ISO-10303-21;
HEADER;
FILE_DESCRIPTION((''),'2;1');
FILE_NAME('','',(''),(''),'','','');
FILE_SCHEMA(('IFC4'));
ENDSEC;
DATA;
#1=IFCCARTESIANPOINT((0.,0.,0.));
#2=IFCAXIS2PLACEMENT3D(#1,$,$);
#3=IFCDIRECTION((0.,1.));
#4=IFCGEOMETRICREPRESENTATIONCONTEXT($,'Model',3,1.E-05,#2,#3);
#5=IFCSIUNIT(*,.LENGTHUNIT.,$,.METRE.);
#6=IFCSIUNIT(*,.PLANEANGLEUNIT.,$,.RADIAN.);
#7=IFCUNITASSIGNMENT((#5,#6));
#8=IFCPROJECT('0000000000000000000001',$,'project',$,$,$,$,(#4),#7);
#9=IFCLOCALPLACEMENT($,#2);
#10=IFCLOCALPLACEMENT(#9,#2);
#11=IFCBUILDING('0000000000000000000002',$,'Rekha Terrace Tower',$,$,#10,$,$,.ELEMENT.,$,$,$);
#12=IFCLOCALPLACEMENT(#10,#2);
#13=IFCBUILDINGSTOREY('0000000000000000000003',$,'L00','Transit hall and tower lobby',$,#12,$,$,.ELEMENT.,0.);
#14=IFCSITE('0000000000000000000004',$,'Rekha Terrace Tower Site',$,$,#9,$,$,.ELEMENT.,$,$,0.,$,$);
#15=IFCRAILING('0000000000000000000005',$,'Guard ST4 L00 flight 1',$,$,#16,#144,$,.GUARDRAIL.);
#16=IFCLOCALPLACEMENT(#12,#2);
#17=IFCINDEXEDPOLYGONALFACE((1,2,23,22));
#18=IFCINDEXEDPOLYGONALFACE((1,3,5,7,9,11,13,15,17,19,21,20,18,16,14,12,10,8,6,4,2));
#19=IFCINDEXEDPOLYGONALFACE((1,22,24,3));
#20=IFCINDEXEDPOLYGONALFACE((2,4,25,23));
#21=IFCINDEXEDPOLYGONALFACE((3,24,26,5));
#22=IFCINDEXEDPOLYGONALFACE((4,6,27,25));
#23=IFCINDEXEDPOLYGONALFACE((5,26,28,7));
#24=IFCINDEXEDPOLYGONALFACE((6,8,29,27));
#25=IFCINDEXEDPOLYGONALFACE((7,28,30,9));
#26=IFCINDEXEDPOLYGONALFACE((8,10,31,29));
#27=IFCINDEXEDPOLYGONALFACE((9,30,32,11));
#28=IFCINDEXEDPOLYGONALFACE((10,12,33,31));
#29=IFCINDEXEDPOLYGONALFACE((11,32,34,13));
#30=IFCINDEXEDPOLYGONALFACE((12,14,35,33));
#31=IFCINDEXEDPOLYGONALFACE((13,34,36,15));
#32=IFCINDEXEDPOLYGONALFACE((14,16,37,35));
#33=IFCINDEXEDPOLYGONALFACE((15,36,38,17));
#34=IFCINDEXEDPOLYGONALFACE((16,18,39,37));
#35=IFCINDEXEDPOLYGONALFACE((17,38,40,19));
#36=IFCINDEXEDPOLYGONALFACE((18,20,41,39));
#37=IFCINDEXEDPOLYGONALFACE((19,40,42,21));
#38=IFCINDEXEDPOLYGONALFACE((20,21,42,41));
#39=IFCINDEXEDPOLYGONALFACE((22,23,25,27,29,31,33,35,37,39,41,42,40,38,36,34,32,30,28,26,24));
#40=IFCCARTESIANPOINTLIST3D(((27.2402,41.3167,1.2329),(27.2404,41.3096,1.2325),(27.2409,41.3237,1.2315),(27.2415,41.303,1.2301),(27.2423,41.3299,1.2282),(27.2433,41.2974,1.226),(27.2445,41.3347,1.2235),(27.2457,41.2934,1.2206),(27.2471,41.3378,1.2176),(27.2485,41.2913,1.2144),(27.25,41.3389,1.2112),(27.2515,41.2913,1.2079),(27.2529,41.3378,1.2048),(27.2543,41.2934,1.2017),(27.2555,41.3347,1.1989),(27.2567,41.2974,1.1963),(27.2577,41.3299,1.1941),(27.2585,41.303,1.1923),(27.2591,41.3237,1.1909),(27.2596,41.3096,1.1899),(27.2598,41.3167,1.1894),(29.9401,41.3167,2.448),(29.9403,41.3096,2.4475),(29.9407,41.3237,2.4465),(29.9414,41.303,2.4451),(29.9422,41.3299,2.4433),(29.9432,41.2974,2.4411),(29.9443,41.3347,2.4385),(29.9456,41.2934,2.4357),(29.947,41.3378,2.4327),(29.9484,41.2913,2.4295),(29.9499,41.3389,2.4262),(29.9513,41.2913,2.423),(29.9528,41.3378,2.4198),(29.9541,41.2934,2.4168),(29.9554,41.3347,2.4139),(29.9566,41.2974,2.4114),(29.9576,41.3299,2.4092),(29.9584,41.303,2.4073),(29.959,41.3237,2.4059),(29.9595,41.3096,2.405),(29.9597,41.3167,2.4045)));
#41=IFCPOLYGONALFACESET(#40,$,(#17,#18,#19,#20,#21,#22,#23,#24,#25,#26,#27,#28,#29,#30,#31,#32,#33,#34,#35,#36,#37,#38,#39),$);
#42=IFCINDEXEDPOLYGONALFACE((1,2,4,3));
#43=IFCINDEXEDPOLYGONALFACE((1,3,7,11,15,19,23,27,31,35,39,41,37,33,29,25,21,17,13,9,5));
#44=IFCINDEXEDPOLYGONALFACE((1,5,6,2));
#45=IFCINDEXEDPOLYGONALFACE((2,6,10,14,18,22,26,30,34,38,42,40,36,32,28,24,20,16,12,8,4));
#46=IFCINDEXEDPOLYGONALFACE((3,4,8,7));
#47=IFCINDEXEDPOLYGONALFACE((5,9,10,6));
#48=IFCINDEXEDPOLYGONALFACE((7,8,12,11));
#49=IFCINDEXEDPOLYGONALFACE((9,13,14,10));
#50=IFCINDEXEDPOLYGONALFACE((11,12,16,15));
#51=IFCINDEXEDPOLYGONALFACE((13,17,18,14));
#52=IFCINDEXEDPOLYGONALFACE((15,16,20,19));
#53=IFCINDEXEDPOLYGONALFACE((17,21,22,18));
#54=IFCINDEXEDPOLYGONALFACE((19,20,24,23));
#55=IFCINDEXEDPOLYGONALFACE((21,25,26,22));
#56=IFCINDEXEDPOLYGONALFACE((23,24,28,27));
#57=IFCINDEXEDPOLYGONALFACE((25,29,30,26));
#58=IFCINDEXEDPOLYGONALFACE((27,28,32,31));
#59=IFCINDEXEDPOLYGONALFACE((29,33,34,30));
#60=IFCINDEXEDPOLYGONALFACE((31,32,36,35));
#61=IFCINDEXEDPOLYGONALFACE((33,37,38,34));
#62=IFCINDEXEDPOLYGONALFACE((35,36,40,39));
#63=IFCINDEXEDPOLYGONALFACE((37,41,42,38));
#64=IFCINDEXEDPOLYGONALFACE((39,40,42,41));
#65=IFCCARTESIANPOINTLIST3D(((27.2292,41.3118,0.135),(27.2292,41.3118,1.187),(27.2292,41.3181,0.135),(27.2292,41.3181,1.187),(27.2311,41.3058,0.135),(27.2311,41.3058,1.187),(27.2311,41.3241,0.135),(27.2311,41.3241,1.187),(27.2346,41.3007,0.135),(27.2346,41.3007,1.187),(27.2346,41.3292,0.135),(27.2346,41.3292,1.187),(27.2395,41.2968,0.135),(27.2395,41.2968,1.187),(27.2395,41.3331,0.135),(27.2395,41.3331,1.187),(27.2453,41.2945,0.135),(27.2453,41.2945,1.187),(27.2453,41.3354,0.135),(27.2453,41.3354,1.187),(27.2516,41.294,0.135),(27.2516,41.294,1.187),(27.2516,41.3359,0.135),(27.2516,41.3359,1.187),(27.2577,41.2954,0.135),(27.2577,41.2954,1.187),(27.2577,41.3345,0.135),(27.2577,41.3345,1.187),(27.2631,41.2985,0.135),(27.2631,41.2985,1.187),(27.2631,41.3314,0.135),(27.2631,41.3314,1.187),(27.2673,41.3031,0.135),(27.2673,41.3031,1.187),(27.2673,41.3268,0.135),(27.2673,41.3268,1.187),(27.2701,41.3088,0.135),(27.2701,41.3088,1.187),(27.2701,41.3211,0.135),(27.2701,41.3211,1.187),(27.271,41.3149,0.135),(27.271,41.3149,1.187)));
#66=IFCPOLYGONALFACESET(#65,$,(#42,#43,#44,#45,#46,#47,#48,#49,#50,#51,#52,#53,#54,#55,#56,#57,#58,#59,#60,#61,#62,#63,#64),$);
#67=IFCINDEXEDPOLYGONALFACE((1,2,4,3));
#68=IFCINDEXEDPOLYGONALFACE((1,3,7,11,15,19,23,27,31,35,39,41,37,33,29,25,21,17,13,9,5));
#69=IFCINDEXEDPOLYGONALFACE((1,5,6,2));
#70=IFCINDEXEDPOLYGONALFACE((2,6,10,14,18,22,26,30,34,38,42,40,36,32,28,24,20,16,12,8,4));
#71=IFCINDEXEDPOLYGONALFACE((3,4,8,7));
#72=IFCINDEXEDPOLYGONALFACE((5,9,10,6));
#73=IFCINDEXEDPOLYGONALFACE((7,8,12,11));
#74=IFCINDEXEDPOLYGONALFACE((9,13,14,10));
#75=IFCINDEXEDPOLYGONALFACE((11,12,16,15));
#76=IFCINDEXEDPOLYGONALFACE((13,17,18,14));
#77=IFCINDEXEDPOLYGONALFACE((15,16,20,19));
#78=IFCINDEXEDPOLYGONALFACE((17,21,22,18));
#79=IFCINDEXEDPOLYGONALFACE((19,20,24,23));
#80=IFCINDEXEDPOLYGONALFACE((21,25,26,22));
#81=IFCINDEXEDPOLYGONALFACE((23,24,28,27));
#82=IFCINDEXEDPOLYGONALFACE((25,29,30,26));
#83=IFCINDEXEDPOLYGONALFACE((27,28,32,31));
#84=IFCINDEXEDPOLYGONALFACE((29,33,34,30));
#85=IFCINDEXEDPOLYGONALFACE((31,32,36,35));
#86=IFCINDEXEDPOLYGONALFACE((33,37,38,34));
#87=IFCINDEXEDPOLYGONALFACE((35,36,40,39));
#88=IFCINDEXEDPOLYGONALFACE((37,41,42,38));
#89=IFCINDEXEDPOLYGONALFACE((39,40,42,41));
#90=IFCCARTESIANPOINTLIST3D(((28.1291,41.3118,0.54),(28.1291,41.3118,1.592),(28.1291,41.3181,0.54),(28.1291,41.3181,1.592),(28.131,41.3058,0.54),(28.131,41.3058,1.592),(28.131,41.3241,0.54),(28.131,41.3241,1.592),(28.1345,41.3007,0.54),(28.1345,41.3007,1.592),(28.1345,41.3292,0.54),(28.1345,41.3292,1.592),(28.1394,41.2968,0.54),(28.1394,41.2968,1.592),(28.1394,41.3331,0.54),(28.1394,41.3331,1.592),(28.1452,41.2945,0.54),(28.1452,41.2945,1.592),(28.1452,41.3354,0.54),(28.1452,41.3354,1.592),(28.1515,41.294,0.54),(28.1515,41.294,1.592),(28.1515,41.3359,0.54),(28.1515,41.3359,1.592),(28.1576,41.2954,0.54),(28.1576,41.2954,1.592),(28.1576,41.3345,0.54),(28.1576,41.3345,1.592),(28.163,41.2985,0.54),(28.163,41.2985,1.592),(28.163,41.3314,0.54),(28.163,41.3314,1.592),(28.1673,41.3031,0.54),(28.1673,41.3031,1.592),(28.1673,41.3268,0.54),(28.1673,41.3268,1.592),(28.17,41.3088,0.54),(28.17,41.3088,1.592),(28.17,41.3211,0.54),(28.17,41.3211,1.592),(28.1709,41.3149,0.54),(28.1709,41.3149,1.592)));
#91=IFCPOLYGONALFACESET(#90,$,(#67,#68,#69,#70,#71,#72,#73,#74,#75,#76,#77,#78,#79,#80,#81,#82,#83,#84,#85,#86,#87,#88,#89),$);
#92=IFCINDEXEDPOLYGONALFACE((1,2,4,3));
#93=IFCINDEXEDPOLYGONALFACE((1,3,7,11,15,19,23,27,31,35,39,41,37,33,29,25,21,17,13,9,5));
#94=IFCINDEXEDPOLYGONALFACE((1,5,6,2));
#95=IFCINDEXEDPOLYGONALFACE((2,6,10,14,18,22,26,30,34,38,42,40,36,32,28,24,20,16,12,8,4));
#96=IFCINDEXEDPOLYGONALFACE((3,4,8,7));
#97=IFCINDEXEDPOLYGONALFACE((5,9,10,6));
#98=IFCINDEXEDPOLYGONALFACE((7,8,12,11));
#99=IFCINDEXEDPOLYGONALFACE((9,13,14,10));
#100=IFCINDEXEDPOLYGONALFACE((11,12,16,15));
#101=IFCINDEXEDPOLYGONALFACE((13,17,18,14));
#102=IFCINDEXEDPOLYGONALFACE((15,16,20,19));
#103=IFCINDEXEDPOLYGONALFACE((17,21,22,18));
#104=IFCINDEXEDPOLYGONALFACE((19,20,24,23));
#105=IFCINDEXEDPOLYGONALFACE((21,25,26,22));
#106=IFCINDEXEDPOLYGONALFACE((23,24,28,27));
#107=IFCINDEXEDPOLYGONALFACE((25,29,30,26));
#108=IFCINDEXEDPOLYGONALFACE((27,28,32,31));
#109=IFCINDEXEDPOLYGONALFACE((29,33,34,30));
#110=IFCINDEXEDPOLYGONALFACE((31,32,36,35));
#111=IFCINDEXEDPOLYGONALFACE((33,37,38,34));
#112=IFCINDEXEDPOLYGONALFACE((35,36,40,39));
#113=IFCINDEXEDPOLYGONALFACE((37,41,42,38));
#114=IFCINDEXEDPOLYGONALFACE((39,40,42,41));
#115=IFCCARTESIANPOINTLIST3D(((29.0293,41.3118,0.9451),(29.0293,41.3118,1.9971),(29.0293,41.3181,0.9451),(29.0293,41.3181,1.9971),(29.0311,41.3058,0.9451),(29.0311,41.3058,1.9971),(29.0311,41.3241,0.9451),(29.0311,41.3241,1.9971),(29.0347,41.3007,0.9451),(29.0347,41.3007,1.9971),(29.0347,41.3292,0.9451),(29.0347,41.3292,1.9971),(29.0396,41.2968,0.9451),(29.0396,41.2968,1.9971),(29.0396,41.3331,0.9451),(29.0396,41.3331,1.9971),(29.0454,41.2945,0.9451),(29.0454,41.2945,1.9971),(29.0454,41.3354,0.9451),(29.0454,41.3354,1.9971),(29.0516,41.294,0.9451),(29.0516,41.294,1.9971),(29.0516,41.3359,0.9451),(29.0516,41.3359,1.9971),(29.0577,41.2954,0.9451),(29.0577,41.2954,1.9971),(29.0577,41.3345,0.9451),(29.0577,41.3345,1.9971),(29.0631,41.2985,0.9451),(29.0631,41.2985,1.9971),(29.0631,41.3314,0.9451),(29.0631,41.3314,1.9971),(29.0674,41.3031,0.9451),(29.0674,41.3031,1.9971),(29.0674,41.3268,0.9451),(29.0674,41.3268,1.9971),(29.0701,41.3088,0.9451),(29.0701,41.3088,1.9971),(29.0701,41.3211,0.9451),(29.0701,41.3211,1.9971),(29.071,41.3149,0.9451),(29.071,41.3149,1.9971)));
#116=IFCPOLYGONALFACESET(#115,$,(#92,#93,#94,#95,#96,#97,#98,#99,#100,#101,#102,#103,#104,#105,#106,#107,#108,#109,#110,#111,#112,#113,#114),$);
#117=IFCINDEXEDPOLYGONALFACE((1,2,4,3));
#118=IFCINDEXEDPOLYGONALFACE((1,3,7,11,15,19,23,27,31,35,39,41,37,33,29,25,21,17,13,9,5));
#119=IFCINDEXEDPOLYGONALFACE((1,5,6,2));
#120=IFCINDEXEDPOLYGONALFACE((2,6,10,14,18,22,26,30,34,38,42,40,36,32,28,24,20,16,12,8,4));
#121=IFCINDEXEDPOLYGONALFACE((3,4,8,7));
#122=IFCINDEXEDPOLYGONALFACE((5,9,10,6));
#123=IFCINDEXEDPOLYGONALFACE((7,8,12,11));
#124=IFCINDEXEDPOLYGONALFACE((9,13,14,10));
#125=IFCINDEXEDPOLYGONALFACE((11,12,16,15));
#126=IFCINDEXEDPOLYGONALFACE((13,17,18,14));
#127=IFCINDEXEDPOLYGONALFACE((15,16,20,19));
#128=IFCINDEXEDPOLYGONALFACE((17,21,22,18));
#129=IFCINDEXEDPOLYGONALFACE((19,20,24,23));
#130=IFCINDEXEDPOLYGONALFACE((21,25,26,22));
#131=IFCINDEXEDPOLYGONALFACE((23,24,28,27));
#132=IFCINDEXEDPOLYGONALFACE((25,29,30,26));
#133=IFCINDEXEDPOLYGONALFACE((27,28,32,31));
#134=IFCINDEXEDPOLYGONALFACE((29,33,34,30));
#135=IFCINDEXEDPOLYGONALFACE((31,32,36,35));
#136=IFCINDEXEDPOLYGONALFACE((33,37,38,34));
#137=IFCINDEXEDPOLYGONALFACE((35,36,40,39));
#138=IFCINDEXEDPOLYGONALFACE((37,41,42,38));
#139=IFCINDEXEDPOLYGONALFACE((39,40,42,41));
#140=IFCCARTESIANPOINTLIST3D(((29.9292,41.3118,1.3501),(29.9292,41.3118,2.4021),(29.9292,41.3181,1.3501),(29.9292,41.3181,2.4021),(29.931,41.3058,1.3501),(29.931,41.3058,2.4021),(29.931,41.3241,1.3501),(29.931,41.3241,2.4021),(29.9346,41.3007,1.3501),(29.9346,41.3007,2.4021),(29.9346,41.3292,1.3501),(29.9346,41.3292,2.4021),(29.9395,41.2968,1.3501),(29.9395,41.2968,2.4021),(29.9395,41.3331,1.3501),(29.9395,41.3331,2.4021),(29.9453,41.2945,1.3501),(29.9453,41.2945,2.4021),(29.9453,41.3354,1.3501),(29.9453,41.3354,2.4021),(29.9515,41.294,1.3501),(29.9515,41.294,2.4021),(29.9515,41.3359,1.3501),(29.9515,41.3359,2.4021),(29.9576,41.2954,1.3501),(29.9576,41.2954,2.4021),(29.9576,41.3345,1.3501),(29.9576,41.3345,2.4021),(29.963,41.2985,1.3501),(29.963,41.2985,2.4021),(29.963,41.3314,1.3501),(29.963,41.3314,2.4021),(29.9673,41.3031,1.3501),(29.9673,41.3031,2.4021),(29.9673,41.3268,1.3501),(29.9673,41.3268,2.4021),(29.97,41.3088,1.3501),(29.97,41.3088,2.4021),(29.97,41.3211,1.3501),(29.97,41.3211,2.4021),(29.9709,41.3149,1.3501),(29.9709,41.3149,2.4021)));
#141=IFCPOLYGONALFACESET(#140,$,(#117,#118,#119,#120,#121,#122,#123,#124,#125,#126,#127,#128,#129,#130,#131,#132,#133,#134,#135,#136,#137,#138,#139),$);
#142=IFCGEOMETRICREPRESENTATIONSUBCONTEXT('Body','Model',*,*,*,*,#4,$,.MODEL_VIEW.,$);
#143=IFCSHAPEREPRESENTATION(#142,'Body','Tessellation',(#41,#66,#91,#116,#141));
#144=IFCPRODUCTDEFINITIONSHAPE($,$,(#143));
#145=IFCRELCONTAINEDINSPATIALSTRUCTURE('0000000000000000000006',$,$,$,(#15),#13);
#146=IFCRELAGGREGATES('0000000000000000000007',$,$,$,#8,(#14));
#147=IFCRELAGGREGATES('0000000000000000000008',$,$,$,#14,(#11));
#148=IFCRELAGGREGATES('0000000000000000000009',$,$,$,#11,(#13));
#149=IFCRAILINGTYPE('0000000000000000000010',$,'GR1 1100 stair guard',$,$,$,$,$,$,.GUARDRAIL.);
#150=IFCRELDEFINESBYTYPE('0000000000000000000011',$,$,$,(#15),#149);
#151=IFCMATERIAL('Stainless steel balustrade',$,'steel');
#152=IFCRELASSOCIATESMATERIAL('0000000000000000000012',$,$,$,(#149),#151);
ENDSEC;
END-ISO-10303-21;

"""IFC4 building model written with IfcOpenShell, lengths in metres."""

from ifc_helpers import new_model, si_unit, direction, frame, origin, origin_2d, place, context, subcontext, project, spatial, circle, extrude, material, type_object, element, save


model = new_model("IFC4")

# Units and contexts
model_context = context("Model", 3, precision=1e-05, world=origin(), true_north=direction((0.0, 1.0)))
body_context = subcontext(model_context, "Body", "Model", "MODEL_VIEW")
ifc_project = project(units=[si_unit("LENGTHUNIT", "METRE"), si_unit("PLANEANGLEUNIT", "RADIAN")], contexts=[model_context])

# Site, building, storey
site_placement = place(None, origin())
site = spatial("IfcSite", under=ifc_project, at=site_placement, Name="Rekha Terrace Tower Site", CompositionType="ELEMENT", RefElevation=0.0)
building_placement = place(site_placement, origin())
building = spatial("IfcBuilding", under=site, at=building_placement, Name="Rekha Terrace Tower", CompositionType="ELEMENT")
storey_placement = place(building_placement, origin())
storey = spatial("IfcBuildingStorey", under=building, at=storey_placement, Name="L00", Description="Transit hall and tower lobby", CompositionType="ELEMENT", Elevation=0.0)

# Railing
ifc_material_1 = material(Name="Stainless steel balustrade", Category="steel")
railing_type_1 = type_object("IfcRailingType", Name="GR1 1100 stair guard", PredefinedType="GUARDRAIL", material=ifc_material_1)
railing_1_placement = place(storey_placement, frame((27.25, 41.3149, 0.135)))
element("IfcRailing", 1, at=railing_1_placement, inside=storey, type_object=railing_type_1, Name="Guard ST4 L00 flight 1", PredefinedType="GUARDRAIL", context=body_context, shape_type="SweptSolid", body=[
    extrude(circle(Radius=0.0239, at=origin_2d()), frame((0.0, 0.0, 1.0762), z_axis=(0.911908, 0.0, 0.410396), x_axis=(0.0, 1.0, 0.0)), (0.0, 0.0, 1.0), 2.9607),
    extrude(circle(Radius=0.021, at=origin_2d()), origin(), (0.0, 0.0, 1.0), 1.052),
    extrude(circle(Radius=0.021, at=origin_2d()), frame((0.8999, 0.0, 0.405)), (0.0, 0.0, 1.0), 1.052),
    extrude(circle(Radius=0.021, at=origin_2d()), frame((1.8, 0.0, 0.8101)), (0.0, 0.0, 1.0), 1.052),
    extrude(circle(Radius=0.021, at=origin_2d()), frame((2.7, 0.0, 1.2151)), (0.0, 0.0, 1.0), 1.052),
])

save(model, "model.ifc")
